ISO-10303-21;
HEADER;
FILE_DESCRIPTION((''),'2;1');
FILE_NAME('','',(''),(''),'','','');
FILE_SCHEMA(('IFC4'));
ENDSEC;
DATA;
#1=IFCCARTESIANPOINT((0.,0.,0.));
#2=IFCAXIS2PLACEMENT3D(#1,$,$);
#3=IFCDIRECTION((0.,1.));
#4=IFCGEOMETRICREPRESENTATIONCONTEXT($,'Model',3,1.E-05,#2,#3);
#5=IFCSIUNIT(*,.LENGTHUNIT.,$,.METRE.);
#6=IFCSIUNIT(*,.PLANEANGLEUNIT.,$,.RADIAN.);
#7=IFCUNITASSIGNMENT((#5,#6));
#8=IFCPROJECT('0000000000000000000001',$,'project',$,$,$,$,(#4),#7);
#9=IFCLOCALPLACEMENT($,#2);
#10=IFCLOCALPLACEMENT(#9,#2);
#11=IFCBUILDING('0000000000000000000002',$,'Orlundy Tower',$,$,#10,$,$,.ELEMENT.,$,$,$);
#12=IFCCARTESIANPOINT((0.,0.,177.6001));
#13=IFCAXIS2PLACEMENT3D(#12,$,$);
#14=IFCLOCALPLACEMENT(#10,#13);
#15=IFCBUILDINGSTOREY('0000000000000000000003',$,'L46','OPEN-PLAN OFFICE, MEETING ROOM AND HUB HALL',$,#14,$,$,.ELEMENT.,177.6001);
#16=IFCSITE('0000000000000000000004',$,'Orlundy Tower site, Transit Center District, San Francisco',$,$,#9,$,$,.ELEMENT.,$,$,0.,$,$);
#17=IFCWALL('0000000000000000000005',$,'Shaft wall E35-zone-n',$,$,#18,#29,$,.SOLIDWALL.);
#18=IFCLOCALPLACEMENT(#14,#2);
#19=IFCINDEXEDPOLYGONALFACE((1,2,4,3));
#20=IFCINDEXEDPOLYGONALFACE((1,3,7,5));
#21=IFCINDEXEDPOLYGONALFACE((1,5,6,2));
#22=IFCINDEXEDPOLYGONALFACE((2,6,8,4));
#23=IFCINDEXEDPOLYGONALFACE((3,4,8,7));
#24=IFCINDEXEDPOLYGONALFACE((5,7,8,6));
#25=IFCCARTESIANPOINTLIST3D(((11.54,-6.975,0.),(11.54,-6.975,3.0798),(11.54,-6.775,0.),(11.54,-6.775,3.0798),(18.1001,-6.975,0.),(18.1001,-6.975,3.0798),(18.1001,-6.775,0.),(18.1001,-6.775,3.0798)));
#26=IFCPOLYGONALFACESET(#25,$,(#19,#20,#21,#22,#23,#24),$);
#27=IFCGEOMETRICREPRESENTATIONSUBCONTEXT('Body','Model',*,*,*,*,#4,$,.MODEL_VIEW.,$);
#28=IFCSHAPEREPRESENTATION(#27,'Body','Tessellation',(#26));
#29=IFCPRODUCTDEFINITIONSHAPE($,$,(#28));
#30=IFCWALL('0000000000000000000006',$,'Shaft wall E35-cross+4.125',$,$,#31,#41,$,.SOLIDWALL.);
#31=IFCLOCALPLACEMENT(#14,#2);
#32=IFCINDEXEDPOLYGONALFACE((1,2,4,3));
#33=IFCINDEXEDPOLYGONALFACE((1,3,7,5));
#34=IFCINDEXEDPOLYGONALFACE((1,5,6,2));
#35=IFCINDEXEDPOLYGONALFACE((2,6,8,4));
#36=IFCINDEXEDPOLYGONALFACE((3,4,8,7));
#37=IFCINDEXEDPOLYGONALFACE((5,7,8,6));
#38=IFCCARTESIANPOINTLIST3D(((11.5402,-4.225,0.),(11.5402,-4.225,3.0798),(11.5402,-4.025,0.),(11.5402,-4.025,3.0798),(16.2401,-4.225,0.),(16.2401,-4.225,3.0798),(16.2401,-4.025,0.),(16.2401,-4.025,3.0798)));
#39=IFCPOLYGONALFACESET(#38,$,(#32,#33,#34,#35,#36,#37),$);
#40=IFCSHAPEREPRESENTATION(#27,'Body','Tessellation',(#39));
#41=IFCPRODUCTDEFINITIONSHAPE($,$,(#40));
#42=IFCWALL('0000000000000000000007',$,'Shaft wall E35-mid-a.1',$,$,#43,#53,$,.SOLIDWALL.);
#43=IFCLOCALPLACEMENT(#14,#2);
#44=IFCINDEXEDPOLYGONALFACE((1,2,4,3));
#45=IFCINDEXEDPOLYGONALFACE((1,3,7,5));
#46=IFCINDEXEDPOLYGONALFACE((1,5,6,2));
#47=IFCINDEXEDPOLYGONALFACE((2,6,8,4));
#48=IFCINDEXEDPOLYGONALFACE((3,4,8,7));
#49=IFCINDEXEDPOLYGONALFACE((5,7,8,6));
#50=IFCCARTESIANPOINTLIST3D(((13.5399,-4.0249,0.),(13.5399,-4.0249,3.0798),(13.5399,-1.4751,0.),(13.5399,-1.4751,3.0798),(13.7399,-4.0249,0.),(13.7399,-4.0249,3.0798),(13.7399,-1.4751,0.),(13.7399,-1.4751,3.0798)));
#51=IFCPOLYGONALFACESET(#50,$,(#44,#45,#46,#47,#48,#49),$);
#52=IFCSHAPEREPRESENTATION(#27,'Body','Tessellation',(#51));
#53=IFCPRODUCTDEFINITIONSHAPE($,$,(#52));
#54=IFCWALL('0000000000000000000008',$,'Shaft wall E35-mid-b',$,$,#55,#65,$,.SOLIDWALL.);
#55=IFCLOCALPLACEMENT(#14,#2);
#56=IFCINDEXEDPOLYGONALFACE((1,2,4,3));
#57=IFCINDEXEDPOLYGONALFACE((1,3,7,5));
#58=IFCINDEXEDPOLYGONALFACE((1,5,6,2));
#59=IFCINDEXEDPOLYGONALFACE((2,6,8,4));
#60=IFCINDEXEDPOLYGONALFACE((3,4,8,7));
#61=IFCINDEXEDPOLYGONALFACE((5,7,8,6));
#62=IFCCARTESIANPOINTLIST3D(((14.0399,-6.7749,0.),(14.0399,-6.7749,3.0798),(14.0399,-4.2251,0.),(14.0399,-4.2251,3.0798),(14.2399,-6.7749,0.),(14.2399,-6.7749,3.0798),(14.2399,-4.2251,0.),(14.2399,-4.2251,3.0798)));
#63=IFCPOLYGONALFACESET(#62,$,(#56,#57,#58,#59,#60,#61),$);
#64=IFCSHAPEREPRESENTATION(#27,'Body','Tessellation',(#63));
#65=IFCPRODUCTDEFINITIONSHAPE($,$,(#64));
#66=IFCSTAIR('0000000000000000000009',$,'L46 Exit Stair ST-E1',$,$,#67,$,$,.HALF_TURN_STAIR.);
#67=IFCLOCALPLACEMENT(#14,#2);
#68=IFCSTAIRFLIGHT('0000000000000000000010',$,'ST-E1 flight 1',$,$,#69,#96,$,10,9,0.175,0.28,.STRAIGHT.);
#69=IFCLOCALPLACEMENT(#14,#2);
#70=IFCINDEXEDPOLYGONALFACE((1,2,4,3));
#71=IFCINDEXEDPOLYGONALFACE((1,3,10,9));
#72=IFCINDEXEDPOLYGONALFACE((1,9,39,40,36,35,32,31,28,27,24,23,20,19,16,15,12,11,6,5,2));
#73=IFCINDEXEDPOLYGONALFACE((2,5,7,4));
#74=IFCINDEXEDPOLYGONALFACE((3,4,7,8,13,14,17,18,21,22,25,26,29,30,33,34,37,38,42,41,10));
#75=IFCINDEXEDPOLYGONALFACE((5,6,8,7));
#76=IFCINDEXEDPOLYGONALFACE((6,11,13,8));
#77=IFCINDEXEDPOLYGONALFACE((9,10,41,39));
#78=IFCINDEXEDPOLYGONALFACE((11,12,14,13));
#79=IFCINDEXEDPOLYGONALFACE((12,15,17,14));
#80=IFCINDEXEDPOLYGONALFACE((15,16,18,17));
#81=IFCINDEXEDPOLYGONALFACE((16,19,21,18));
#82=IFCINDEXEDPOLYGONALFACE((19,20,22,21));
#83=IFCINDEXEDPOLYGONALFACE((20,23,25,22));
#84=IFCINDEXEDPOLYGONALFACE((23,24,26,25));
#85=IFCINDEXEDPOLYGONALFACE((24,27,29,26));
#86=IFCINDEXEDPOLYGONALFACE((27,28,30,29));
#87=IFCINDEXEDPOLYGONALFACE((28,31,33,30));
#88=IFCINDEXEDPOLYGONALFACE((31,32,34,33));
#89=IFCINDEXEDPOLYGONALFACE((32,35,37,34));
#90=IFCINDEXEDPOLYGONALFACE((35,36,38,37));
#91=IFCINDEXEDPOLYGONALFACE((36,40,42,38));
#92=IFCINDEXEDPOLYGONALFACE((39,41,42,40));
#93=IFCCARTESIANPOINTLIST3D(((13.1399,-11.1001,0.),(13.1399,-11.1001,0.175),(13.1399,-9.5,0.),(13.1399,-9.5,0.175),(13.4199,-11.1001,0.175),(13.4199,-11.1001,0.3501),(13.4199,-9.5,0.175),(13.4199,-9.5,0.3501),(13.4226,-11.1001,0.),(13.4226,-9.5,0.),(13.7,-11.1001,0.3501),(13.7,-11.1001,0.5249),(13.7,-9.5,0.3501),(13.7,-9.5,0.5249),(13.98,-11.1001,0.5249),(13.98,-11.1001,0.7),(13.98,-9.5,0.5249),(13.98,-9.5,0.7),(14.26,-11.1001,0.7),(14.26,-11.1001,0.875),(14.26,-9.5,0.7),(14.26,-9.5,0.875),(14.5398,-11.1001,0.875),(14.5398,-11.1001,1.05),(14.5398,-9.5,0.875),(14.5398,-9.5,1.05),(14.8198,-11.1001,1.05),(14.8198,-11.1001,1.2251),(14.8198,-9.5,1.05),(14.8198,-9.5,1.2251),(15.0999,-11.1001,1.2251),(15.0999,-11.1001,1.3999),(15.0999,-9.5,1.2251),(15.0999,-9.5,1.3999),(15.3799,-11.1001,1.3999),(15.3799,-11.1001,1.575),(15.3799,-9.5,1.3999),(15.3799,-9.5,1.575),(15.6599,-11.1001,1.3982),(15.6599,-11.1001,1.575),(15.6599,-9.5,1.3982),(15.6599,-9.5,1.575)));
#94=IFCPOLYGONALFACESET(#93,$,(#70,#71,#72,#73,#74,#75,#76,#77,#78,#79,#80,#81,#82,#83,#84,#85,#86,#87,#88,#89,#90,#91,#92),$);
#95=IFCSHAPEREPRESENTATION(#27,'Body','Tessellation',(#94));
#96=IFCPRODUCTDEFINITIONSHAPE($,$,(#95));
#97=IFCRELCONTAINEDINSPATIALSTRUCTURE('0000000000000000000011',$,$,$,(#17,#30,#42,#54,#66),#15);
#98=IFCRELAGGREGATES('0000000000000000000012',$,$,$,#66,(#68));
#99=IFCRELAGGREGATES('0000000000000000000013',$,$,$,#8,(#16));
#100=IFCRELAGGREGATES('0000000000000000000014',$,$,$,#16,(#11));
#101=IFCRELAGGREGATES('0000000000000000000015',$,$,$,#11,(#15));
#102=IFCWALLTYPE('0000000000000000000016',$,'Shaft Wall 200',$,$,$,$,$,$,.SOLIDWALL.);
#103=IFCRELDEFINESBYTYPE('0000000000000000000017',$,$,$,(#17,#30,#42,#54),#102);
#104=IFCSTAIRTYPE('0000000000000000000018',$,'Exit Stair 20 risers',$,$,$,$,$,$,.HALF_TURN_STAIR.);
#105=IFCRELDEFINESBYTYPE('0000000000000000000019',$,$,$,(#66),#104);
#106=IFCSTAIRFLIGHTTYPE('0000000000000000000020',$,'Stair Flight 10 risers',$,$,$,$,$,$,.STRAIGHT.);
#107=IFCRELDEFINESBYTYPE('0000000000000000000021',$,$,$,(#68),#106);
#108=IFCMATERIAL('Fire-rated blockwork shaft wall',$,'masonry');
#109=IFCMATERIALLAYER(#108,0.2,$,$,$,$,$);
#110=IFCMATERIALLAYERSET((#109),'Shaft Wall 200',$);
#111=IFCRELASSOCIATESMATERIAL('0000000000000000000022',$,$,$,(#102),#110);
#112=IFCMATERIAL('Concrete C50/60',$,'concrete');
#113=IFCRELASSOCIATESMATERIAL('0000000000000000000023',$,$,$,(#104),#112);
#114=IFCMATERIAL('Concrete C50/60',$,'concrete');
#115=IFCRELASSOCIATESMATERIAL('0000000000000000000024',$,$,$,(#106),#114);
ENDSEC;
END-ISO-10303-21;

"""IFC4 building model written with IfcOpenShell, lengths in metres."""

from ifc_helpers import new_model, si_unit, direction, frame, frame_2d, origin, place, context, subcontext, project, spatial, polyline, rectangle, outline, extrude, material, layer, layer_set, type_object, element, aggregate, save


model = new_model("IFC4")

# Units and contexts
model_context = context("Model", 3, precision=1e-05, world=origin(), true_north=direction((0.0, 1.0)))
body_context = subcontext(model_context, "Body", "Model", "MODEL_VIEW")
ifc_project = project(units=[si_unit("LENGTHUNIT", "METRE"), si_unit("PLANEANGLEUNIT", "RADIAN")], contexts=[model_context])

# Site, building, storey
site_placement = place(None, origin())
site = spatial("IfcSite", under=ifc_project, at=site_placement, Name="Orlundy Tower site, Transit Center District, San Francisco", CompositionType="ELEMENT", RefElevation=0.0)
building_placement = place(site_placement, origin())
building = spatial("IfcBuilding", under=site, at=building_placement, Name="Orlundy Tower", CompositionType="ELEMENT")
storey_placement = place(building_placement, frame((0.0, 0.0, 177.6001)))
storey = spatial("IfcBuildingStorey", under=building, at=storey_placement, Name="L46", Description="OPEN-PLAN OFFICE, MEETING ROOM AND HUB HALL", CompositionType="ELEMENT", Elevation=177.6001)

# Walls
ifc_material_1 = material(Name="Fire-rated blockwork shaft wall", Category="masonry")
ifc_layer_1 = layer(ifc_material_1, 0.2)
ifc_layer_set_1 = layer_set([ifc_layer_1], Name="Shaft Wall 200")
wall_type_1 = type_object("IfcWallType", Name="Shaft Wall 200", PredefinedType="SOLIDWALL", material=ifc_layer_set_1)
wall_1_placement = place(storey_placement, frame((11.54, -6.875, 0.0), z_axis=(0.0, 0.0, 1.0), x_axis=(1.0, 0.0, 0.0)))
element("IfcWall", 1, at=wall_1_placement, inside=storey, type_object=wall_type_1, Name="Shaft wall E35-zone-n", PredefinedType="SOLIDWALL", context=body_context, shape_type="SweptSolid", body=[
    extrude(rectangle(XDim=6.5601, YDim=0.2, at=frame_2d((3.28, 0.0))), origin(), (0.0, 0.0, 1.0), 3.0798),
])
wall_2_placement = place(storey_placement, frame((11.54, -4.125, 0.0), z_axis=(0.0, 0.0, 1.0), x_axis=(1.0, 0.0, 0.0)))
element("IfcWall", 2, at=wall_2_placement, inside=storey, type_object=wall_type_1, Name="Shaft wall E35-cross+4.125", PredefinedType="SOLIDWALL", context=body_context, shape_type="SweptSolid", body=[
    extrude(rectangle(XDim=4.7, YDim=0.2, at=frame_2d((2.3501, 0.0))), origin(), (0.0, 0.0, 1.0), 3.0798),
])
for number, where, z_axis, x_axis, name in (
    (3, (13.6399, -1.4751, 0.0), (0.0, 0.0, 1.0), (0.0, -1.0, 0.0), "Shaft wall E35-mid-a.1"),
    (4, (14.1399, -4.2251, 0.0), (0.0, 0.0, 1.0), (0.0, -1.0, 0.0), "Shaft wall E35-mid-b"),
):
    element("IfcWall", number, at=place(storey_placement, frame(where, z_axis=z_axis, x_axis=x_axis)), inside=storey, type_object=wall_type_1, Name=name, PredefinedType="SOLIDWALL", context=body_context, shape_type="SweptSolid", body=[
        extrude(rectangle(XDim=2.5498, YDim=0.2, at=frame_2d((1.2749, 0.0))), origin(), (0.0, 0.0, 1.0), 3.0798),
    ])

# Stair, stair flight
ifc_material_2 = material(Name="Concrete C50/60", Category="concrete")
stair_type = type_object("IfcStairType", Name="Exit Stair 20 risers", PredefinedType="HALF_TURN_STAIR", material=ifc_material_2)
stair_placement = place(storey_placement, origin())
stair = element("IfcStair", 5, at=stair_placement, inside=storey, type_object=stair_type, Name="L46 Exit Stair ST-E1", PredefinedType="HALF_TURN_STAIR")
ifc_material_3 = material(Name="Concrete C50/60", Category="concrete")
stair_flight_type = type_object("IfcStairFlightType", Name="Stair Flight 10 risers", PredefinedType="STRAIGHT", material=ifc_material_3)
stair_flight_placement = place(storey_placement, frame((13.1399, -10.3, 0.0), z_axis=(0.0, 0.0, 1.0), x_axis=(1.0, 0.0, 0.0)))
stair_flight = element("IfcStairFlight", 6, at=stair_flight_placement, type_object=stair_flight_type, Name="ST-E1 flight 1", NumberOfRisers=10, NumberOfTreads=9, PredefinedType="STRAIGHT", RiserHeight=0.175, TreadLength=0.28, context=body_context, shape_type="SweptSolid", body=[
    extrude(outline(polyline([(0.0, 0.0), (0.0, 0.175), (0.28, 0.175), (0.28, 0.3501), (0.5601, 0.3501), (0.5601, 0.5249), (0.8401, 0.5249), (0.8401, 0.7), (1.1201, 0.7), (1.1201, 0.875), (1.3999, 0.875), (1.3999, 1.05), (1.6799, 1.05), (1.6799, 1.2251), (1.96, 1.2251), (1.96, 1.3999), (2.24, 1.3999), (2.24, 1.575), (2.52, 1.575), (2.52, 1.75), (2.52, 1.3982), (0.2827, 0.0), (0.0, 0.0)])), frame((0.0, 0.8, 0.0), z_axis=(0.0, -1.0, 0.0), x_axis=(1.0, 0.0, 0.0)), (0.0, 0.0, 1.0), 1.6001),
])
aggregate(stair, [stair_flight])

save(model, "model.ifc")
